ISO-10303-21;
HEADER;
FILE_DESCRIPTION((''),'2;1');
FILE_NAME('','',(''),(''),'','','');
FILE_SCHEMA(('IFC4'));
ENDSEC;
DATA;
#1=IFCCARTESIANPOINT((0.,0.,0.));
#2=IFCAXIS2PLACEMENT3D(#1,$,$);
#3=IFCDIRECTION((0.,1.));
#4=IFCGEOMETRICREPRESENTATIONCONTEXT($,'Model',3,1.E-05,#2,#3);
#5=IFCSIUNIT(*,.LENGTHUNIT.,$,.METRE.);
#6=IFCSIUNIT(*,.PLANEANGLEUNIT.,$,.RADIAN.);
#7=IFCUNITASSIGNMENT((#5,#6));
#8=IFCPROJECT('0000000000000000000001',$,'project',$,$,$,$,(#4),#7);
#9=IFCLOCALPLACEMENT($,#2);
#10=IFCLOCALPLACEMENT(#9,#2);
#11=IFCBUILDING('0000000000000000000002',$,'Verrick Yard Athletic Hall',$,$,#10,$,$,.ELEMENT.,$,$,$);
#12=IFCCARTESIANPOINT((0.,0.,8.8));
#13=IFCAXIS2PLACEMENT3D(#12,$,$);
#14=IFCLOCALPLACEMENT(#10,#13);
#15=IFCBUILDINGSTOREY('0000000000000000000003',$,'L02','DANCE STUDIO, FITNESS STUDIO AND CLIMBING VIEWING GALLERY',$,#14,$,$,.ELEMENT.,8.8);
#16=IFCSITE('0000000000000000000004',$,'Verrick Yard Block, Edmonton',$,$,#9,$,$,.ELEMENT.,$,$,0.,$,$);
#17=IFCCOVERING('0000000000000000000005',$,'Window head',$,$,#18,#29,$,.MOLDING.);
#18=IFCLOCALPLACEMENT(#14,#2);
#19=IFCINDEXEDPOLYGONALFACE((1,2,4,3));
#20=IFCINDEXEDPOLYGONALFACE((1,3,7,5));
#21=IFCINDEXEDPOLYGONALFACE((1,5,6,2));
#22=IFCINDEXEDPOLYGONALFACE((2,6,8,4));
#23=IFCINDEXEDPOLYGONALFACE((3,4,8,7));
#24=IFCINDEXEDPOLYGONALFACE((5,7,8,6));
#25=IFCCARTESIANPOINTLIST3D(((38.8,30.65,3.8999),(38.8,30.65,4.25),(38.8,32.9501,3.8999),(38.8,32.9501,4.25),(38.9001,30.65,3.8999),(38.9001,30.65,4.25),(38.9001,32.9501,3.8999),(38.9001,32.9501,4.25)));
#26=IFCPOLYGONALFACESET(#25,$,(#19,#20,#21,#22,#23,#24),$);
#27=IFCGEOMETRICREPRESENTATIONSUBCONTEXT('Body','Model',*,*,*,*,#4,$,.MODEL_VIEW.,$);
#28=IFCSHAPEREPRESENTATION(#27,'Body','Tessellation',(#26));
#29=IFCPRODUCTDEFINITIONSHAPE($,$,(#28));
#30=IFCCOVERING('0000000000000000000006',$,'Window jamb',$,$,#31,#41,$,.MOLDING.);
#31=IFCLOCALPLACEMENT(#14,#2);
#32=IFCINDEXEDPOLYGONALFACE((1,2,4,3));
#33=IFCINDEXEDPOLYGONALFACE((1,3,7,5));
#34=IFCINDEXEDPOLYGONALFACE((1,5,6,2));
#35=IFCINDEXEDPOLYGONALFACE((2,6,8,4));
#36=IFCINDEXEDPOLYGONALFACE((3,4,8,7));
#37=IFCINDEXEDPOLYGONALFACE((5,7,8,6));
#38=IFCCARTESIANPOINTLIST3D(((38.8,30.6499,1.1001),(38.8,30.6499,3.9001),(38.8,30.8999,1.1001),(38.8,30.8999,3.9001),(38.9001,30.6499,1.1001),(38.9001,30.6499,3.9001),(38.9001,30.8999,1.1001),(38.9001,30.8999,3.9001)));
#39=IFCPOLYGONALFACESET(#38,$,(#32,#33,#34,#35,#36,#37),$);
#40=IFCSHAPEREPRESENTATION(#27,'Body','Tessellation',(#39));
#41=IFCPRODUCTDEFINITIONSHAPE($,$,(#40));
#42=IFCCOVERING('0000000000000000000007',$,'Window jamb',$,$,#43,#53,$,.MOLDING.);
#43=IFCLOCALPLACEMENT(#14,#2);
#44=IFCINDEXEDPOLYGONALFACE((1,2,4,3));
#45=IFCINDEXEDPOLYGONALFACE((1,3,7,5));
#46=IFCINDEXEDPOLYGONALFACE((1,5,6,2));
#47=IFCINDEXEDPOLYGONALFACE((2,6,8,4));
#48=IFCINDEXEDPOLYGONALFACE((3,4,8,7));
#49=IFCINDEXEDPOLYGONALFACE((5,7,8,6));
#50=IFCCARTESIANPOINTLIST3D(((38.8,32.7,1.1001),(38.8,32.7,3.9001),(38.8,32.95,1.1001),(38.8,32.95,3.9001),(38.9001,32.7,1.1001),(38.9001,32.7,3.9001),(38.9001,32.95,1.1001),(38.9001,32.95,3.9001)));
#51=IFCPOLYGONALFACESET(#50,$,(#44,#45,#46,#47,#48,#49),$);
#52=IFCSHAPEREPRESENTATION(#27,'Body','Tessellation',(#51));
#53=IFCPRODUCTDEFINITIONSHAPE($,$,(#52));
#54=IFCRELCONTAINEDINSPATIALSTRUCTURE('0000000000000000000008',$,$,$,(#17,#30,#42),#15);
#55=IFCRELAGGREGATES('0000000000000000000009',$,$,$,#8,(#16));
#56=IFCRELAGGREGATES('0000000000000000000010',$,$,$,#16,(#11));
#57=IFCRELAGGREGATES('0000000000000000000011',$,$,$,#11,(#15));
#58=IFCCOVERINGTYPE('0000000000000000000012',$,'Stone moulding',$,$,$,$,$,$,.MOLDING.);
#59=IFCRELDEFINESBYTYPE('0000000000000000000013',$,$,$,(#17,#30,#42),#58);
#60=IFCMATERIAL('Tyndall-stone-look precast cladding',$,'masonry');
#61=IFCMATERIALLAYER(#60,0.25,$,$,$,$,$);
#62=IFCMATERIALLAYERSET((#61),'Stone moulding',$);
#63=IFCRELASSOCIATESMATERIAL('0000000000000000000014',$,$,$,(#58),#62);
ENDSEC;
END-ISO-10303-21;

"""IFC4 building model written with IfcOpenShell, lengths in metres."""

from ifc_helpers import new_model, si_unit, direction, frame, origin, origin_2d, place, context, subcontext, project, spatial, rectangle, extrude, material, layer, layer_set, type_object, element, save


model = new_model("IFC4")

# Units and contexts
model_context = context("Model", 3, precision=1e-05, world=origin(), true_north=direction((0.0, 1.0)))
body_context = subcontext(model_context, "Body", "Model", "MODEL_VIEW")
ifc_project = project(units=[si_unit("LENGTHUNIT", "METRE"), si_unit("PLANEANGLEUNIT", "RADIAN")], contexts=[model_context])

# Site, building, storey
site_placement = place(None, origin())
site = spatial("IfcSite", under=ifc_project, at=site_placement, Name="Verrick Yard Block, Edmonton", CompositionType="ELEMENT", RefElevation=0.0)
building_placement = place(site_placement, origin())
building = spatial("IfcBuilding", under=site, at=building_placement, Name="Verrick Yard Athletic Hall", CompositionType="ELEMENT")
storey_placement = place(building_placement, frame((0.0, 0.0, 8.8)))
storey = spatial("IfcBuildingStorey", under=building, at=storey_placement, Name="L02", Description="DANCE STUDIO, FITNESS STUDIO AND CLIMBING VIEWING GALLERY", CompositionType="ELEMENT", Elevation=8.8)

# Coverings
ifc_material_1 = material(Name="Tyndall-stone-look precast cladding", Category="masonry")
ifc_layer_1 = layer(ifc_material_1, 0.25)
ifc_layer_set_1 = layer_set([ifc_layer_1], Name="Stone moulding")
covering_type_1 = type_object("IfcCoveringType", Name="Stone moulding", PredefinedType="MOLDING", material=ifc_layer_set_1)
covering_1_placement = place(storey_placement, frame((38.8501, 31.8, 3.8999), z_axis=(0.0, 0.0, 1.0), x_axis=(0.0, 1.0, 0.0)))
element("IfcCovering", 1, at=covering_1_placement, inside=storey, type_object=covering_type_1, Name="Window head", PredefinedType="MOLDING", context=body_context, shape_type="SweptSolid", body=[
    extrude(rectangle(XDim=2.3, YDim=0.1001, at=origin_2d()), origin(), (0.0, 0.0, 1.0), 0.3501),
])
for number, where, z_axis, x_axis, name in (
    (2, (38.8501, 30.7749, 1.1001), (0.0, 0.0, 1.0), (0.0, 1.0, 0.0), "Window jamb"),
    (3, (38.8501, 32.825, 1.1001), (0.0, 0.0, 1.0), (0.0, 1.0, 0.0), "Window jamb"),
):
    element("IfcCovering", number, at=place(storey_placement, frame(where, z_axis=z_axis, x_axis=x_axis)), inside=storey, type_object=covering_type_1, Name=name, PredefinedType="MOLDING", context=body_context, shape_type="SweptSolid", body=[
        extrude(rectangle(XDim=0.25, YDim=0.1001, at=origin_2d()), origin(), (0.0, 0.0, 1.0), 2.8),
    ])

save(model, "model.ifc")
